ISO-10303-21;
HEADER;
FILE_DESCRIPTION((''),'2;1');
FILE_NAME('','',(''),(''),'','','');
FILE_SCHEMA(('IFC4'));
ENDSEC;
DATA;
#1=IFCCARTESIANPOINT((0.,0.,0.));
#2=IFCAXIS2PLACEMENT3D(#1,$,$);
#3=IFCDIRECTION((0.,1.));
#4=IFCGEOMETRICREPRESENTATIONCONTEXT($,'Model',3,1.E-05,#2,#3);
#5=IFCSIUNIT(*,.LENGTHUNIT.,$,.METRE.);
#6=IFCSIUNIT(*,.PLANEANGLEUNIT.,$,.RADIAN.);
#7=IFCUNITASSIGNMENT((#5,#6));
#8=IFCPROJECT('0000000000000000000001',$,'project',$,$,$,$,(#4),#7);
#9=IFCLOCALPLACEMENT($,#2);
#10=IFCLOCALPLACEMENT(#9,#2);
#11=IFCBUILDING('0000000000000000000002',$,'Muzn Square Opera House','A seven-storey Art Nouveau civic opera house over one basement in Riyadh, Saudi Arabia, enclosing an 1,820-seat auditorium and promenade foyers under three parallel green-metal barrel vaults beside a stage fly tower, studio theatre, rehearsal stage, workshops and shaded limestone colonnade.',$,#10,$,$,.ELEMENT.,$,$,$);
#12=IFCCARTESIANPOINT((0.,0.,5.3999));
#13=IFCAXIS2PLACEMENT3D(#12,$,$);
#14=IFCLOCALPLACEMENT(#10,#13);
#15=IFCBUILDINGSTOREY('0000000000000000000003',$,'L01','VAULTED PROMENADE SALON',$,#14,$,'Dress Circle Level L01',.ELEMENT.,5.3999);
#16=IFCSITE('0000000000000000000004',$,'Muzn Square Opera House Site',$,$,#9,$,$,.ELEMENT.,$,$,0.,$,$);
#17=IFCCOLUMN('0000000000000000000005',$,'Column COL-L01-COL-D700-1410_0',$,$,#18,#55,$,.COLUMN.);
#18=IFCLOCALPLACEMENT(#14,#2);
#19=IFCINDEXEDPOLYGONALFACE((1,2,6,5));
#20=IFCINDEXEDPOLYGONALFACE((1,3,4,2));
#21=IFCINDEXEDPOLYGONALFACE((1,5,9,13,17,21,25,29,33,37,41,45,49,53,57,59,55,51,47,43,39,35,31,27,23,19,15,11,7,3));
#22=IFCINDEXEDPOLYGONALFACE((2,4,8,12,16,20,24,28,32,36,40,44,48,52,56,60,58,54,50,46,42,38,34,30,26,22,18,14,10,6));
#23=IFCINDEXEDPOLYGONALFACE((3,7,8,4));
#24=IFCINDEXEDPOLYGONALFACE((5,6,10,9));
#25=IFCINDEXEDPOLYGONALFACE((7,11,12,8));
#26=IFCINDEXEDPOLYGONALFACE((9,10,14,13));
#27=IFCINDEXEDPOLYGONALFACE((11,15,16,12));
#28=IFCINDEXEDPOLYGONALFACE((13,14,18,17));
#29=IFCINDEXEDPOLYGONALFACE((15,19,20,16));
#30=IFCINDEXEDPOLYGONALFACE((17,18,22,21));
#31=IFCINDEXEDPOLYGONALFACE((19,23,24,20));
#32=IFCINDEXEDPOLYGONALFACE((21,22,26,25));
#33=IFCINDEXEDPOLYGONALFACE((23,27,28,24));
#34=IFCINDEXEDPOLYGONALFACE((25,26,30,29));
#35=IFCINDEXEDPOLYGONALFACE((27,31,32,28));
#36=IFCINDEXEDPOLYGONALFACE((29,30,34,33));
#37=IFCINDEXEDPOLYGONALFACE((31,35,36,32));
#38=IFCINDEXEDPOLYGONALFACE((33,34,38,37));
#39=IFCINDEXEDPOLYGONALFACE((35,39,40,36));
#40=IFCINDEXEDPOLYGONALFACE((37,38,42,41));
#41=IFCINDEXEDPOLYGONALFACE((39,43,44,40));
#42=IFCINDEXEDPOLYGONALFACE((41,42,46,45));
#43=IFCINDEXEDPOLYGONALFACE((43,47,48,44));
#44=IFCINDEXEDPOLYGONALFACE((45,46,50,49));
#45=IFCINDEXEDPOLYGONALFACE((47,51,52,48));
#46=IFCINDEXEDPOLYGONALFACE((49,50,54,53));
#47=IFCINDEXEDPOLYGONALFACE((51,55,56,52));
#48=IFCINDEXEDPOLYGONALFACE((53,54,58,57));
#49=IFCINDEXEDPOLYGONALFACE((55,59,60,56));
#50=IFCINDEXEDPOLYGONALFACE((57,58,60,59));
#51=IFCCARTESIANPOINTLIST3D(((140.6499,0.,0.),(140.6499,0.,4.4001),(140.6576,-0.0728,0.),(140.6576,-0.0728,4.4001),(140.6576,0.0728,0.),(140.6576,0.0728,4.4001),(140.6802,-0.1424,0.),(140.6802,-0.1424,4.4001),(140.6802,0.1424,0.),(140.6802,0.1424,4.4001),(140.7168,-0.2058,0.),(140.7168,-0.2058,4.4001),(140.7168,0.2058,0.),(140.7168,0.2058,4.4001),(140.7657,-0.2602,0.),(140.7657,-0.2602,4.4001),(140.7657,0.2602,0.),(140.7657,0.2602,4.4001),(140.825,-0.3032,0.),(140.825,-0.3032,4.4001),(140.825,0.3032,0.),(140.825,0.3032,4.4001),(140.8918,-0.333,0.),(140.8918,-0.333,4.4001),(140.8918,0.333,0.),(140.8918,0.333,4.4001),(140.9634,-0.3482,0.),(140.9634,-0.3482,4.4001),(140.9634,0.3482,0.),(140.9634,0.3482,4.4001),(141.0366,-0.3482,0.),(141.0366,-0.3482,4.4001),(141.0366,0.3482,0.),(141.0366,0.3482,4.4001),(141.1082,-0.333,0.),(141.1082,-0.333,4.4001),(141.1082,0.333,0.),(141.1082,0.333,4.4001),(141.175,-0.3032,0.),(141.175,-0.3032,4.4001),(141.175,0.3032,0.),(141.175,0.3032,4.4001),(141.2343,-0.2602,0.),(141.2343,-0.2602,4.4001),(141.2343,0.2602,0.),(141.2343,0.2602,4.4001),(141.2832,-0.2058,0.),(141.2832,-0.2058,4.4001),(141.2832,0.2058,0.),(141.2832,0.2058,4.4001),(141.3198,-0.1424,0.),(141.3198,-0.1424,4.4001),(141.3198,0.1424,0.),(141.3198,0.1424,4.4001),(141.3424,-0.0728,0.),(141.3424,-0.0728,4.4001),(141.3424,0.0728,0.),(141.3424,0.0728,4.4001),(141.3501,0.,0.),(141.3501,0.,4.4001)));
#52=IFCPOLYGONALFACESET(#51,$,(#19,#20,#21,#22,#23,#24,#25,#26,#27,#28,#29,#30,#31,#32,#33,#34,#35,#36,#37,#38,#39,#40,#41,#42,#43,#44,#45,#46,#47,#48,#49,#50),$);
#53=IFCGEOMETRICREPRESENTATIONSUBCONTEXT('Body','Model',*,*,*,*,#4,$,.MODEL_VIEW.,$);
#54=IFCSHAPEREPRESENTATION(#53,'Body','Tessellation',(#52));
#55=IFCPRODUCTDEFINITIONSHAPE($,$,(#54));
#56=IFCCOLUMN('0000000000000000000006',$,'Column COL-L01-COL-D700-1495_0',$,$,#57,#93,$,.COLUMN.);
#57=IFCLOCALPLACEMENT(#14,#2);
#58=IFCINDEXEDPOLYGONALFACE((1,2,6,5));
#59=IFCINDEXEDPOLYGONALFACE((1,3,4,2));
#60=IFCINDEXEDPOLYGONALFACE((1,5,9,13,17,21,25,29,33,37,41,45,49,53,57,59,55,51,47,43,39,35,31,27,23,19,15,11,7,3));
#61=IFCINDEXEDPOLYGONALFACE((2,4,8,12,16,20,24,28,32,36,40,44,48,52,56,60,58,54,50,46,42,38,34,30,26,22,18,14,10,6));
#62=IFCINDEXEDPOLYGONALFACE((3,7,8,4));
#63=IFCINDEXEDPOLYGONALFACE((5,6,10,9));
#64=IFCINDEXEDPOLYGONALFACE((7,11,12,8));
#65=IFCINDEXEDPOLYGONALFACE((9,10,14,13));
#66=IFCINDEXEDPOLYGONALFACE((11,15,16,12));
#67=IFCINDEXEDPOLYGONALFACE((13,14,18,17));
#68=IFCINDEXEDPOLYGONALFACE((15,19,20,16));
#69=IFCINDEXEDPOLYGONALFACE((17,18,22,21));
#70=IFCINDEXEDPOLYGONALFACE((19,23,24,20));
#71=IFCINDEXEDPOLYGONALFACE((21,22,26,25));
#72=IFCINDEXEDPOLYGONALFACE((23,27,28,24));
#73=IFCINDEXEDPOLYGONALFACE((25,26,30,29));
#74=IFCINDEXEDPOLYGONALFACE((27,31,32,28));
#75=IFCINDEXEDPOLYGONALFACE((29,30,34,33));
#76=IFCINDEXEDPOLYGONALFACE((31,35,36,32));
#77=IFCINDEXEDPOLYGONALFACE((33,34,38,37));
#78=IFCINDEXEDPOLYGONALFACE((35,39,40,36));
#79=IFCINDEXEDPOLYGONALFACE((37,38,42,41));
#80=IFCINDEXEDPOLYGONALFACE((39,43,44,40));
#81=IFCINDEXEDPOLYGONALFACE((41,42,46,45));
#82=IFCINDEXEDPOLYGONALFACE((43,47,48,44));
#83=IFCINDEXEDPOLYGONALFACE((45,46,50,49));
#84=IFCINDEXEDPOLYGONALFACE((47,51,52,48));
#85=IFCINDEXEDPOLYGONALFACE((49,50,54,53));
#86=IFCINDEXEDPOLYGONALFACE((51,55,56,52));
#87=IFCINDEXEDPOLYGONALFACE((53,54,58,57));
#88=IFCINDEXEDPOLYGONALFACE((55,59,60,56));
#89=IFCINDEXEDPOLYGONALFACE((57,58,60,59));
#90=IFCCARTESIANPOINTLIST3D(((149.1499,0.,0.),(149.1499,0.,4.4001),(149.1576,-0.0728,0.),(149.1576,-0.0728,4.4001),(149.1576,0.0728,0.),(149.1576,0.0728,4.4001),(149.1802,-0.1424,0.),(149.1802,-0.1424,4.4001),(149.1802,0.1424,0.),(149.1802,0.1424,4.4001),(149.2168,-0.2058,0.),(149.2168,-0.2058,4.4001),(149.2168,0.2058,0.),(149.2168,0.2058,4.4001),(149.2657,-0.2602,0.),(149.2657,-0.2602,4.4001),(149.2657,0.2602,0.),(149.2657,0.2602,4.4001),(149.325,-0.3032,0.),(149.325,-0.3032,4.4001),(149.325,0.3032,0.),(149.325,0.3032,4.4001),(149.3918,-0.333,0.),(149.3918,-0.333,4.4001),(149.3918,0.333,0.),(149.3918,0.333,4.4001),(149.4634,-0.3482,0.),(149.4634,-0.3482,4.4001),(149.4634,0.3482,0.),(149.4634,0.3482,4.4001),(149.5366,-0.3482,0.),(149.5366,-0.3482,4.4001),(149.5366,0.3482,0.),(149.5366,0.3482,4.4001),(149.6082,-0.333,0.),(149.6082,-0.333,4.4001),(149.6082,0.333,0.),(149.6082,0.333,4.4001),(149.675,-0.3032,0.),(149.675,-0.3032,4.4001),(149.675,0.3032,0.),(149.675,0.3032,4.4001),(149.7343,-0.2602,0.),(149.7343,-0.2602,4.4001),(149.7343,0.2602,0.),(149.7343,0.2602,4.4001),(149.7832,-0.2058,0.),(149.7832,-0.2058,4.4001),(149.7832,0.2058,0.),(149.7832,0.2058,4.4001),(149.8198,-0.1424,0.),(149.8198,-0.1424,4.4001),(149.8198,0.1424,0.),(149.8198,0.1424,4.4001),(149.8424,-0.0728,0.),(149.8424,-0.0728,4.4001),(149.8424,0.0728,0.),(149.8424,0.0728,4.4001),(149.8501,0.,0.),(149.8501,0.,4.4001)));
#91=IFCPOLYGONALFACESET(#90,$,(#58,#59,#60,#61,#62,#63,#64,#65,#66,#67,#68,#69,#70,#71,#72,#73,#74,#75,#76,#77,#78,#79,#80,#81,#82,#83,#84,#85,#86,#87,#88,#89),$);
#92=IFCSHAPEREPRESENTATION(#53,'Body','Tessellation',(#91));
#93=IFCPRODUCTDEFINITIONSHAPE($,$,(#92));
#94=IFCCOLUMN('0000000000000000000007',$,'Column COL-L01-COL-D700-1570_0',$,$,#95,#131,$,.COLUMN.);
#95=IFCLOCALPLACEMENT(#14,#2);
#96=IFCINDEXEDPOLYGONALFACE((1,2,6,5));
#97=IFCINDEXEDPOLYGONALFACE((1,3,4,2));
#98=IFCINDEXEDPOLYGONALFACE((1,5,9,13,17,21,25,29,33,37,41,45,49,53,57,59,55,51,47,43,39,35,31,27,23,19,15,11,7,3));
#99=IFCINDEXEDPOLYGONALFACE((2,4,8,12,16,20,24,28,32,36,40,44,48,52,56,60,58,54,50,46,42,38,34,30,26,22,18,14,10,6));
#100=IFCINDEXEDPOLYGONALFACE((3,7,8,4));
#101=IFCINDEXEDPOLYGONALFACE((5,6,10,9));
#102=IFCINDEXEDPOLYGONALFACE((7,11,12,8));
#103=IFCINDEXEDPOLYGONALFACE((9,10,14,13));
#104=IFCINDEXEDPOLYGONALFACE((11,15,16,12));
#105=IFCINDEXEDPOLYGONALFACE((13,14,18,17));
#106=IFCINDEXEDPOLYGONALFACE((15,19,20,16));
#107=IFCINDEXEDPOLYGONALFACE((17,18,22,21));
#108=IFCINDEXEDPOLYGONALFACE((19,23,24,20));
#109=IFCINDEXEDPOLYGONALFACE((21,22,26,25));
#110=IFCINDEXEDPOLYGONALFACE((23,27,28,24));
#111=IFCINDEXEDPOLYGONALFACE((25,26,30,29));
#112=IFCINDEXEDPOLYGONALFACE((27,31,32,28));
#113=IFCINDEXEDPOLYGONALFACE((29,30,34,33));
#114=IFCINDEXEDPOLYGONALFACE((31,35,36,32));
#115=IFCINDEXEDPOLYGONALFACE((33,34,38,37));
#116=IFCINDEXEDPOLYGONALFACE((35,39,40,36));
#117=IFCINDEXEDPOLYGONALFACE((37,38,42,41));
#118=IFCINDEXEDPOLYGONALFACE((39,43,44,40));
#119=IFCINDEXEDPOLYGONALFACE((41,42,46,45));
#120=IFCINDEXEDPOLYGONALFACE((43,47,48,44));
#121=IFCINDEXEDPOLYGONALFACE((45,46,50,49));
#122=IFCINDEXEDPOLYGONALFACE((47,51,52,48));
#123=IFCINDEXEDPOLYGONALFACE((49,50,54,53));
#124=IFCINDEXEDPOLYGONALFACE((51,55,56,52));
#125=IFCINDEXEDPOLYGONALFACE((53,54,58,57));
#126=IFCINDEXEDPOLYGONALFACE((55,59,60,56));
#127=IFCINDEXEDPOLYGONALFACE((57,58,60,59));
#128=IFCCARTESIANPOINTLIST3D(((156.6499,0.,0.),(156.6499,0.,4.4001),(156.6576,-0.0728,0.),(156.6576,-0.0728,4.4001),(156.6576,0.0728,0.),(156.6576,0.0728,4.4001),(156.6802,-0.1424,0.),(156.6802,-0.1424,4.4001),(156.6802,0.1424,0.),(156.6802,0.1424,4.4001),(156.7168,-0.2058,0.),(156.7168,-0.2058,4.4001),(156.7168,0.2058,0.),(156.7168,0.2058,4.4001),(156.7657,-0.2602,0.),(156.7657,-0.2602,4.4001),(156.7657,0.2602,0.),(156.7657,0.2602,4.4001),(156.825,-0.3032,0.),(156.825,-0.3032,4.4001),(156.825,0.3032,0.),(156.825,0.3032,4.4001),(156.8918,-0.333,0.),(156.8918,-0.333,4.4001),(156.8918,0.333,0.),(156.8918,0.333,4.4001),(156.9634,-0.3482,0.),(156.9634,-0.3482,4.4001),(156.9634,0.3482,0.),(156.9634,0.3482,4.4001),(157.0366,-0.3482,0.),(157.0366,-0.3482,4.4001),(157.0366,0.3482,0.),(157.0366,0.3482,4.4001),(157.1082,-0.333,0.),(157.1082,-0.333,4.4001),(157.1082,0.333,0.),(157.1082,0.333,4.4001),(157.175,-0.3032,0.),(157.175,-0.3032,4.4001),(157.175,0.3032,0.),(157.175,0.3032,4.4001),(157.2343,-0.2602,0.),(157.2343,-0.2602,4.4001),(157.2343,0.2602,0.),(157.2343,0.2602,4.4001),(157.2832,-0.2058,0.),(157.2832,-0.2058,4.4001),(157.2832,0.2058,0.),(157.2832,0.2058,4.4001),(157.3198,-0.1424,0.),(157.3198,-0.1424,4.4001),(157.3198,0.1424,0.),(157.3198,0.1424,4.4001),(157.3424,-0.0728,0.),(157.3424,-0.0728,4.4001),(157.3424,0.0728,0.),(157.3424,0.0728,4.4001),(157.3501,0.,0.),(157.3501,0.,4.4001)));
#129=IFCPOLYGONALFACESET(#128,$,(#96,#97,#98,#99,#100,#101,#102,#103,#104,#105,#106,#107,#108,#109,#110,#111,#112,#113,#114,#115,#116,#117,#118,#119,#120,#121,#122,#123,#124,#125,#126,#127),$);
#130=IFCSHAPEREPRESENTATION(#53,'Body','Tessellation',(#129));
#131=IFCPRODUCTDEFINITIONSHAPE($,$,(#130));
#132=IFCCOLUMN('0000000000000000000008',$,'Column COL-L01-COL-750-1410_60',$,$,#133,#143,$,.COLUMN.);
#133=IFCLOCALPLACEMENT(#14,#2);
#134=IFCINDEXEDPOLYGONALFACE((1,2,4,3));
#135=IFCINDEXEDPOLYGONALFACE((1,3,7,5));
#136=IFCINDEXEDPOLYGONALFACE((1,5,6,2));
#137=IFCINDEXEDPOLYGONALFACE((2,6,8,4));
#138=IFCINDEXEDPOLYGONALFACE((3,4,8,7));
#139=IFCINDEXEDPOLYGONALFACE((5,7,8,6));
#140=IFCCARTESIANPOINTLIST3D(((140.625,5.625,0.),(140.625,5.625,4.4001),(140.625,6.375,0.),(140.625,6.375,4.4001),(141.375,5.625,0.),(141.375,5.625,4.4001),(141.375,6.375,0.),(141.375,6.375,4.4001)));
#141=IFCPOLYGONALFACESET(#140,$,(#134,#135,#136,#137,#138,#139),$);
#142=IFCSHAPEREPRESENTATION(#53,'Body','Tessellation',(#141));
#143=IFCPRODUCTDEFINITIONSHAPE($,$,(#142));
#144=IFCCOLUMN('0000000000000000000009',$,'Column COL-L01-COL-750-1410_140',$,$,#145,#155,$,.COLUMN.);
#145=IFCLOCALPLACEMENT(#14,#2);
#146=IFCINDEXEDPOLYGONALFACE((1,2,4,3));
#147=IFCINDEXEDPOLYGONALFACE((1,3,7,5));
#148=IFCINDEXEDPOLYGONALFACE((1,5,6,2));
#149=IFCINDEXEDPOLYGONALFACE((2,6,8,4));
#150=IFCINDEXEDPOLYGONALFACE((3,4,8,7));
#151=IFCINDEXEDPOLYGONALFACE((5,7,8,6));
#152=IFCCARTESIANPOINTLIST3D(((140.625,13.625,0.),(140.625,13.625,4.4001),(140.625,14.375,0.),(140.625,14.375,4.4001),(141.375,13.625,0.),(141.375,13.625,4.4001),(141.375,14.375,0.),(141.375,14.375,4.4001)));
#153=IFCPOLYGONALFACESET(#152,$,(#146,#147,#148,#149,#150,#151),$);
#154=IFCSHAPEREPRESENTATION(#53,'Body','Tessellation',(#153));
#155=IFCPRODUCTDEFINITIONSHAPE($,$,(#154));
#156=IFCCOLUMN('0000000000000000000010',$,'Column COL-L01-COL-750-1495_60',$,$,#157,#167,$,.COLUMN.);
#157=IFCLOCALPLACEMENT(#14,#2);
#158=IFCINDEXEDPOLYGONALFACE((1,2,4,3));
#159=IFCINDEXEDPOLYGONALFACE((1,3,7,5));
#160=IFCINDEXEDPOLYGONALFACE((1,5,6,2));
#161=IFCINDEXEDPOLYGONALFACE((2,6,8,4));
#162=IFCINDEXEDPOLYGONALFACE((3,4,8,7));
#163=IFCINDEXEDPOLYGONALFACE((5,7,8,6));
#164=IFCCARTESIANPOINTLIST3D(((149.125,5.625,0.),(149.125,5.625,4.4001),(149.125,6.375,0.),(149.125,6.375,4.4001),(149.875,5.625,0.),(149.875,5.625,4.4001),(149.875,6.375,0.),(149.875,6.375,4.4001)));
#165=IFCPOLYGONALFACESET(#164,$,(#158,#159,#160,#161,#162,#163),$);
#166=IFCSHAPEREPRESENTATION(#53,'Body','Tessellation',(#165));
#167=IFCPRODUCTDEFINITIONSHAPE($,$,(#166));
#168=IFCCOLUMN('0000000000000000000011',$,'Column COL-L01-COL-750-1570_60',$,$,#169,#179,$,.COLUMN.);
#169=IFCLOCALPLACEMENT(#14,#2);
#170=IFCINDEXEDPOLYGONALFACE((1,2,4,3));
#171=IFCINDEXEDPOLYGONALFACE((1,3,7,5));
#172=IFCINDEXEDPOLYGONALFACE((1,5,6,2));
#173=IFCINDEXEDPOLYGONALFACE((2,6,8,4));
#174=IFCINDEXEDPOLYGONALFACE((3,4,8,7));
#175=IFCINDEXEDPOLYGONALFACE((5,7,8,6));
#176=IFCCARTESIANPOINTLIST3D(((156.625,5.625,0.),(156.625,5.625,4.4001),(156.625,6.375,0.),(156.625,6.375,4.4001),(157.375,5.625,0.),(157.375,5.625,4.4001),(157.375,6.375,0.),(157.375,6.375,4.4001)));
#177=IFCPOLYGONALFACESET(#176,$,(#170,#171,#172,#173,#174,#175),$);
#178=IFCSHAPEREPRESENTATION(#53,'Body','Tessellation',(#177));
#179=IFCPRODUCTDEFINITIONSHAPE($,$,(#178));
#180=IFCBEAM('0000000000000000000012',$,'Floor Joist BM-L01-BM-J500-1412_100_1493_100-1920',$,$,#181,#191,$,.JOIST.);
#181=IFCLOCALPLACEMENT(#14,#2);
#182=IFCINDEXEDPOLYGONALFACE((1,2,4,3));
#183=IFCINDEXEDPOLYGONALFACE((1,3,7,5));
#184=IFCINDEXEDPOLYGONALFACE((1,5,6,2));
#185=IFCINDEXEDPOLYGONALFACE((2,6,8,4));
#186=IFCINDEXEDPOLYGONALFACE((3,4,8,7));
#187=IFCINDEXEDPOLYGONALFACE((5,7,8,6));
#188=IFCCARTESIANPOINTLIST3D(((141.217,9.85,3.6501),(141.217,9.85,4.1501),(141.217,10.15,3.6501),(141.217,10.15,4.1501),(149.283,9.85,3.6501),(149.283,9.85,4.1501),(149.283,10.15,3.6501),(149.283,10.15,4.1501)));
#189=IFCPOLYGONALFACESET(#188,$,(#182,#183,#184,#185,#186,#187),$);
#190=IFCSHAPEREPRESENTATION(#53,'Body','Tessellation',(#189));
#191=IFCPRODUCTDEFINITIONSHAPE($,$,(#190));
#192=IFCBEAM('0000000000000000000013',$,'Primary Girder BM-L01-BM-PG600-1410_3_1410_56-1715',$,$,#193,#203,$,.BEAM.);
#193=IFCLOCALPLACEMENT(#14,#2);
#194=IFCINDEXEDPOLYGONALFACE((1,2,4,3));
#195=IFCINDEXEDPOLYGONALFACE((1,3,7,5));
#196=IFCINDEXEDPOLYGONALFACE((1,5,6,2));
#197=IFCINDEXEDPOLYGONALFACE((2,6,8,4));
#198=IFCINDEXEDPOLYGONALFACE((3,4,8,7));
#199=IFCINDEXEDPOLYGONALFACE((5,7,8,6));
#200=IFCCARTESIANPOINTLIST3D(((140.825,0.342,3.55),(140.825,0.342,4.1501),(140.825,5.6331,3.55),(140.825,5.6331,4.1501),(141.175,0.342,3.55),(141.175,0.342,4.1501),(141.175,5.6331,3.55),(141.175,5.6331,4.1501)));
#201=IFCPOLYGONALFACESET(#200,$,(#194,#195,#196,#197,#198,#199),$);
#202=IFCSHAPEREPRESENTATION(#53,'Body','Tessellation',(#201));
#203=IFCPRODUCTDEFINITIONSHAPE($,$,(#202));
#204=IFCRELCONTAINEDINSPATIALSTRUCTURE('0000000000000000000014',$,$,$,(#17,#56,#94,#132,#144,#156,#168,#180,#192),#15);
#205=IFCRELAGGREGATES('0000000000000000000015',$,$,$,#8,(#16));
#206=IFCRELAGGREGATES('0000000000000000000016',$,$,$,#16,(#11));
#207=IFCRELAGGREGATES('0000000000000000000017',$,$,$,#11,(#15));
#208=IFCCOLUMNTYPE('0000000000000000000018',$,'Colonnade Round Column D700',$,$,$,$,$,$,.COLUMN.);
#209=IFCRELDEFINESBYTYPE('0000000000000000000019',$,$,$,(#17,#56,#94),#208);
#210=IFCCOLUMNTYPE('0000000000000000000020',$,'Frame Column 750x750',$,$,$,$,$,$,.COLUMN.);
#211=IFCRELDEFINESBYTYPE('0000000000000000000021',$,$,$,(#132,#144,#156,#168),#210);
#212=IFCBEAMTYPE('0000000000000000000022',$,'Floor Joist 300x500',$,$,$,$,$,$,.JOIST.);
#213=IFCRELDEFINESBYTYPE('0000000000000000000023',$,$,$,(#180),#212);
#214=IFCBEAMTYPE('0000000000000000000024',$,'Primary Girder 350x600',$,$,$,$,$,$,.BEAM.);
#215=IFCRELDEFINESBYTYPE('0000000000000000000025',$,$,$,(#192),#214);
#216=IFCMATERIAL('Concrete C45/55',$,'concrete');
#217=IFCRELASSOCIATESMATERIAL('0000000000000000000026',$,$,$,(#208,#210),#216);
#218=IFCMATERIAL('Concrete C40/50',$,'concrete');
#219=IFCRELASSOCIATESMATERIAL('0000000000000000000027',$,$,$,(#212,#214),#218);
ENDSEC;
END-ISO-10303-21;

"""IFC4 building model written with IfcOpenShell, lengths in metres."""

from ifc_helpers import new_model, si_unit, direction, frame, origin, origin_2d, place, context, subcontext, project, spatial, rectangle, circle, extrude, material, material_profile, profile_set, type_object, element, save


model = new_model("IFC4")

# Units and contexts
model_context = context("Model", 3, precision=1e-05, world=origin(), true_north=direction((0.0, 1.0)))
body_context = subcontext(model_context, "Body", "Model", "MODEL_VIEW")
ifc_project = project(units=[si_unit("LENGTHUNIT", "METRE"), si_unit("PLANEANGLEUNIT", "RADIAN")], contexts=[model_context])

# Site, building, storey
site_placement = place(None, origin())
site = spatial("IfcSite", under=ifc_project, at=site_placement, Name="Muzn Square Opera House Site", CompositionType="ELEMENT", RefElevation=0.0)
building_placement = place(site_placement, origin())
building = spatial("IfcBuilding", under=site, at=building_placement, Name="Muzn Square Opera House", Description="A seven-storey Art Nouveau civic opera house over one basement in Riyadh, Saudi Arabia, enclosing an 1,820-seat auditorium and promenade foyers under three parallel green-metal barrel vaults beside a stage fly tower, studio theatre, rehearsal stage, workshops and shaded limestone colonnade.", CompositionType="ELEMENT")
storey_placement = place(building_placement, frame((0.0, 0.0, 5.3999)))
storey = spatial("IfcBuildingStorey", under=building, at=storey_placement, Name="L01", Description="VAULTED PROMENADE SALON", LongName="Dress Circle Level L01", CompositionType="ELEMENT", Elevation=5.3999)

# Columns
ifc_material_1 = material(Name="Concrete C45/55", Category="concrete")
ifc_material_profile_1 = material_profile(ifc_material_1, circle(Radius=0.3501, at=origin_2d()), Name="RCC D700", Category="concrete")
ifc_profile_set_1 = profile_set([ifc_material_profile_1], Name="Concrete C45/55")
column_type_1 = type_object("IfcColumnType", Name="Colonnade Round Column D700", PredefinedType="COLUMN", material=ifc_profile_set_1)
for number, where, z_axis, x_axis, name in (
    (1, (141.0, 0.0, 0.0), (0.0, 0.0, 1.0), (1.0, 0.0, 0.0), "Column COL-L01-COL-D700-1410_0"),
    (2, (149.5, 0.0, 0.0), (0.0, 0.0, 1.0), (1.0, 0.0, 0.0), "Column COL-L01-COL-D700-1495_0"),
    (3, (157.0, 0.0, 0.0), (0.0, 0.0, 1.0), (1.0, 0.0, 0.0), "Column COL-L01-COL-D700-1570_0"),
):
    element("IfcColumn", number, at=place(storey_placement, frame(where, z_axis=z_axis, x_axis=x_axis)), inside=storey, type_object=column_type_1, Name=name, PredefinedType="COLUMN", context=body_context, shape_type="SweptSolid", body=[
        extrude(circle(Radius=0.3501, at=origin_2d()), origin(), (0.0, 0.0, 1.0), 4.4001),
    ])
ifc_material_profile_2 = material_profile(ifc_material_1, rectangle(XDim=0.75, YDim=0.75, at=origin_2d()), Name="RC 750x750", Category="concrete")
ifc_profile_set_2 = profile_set([ifc_material_profile_2], Name="Concrete C45/55")
column_type_2 = type_object("IfcColumnType", Name="Frame Column 750x750", PredefinedType="COLUMN", material=ifc_profile_set_2)
for number, where, z_axis, x_axis, name in (
    (4, (141.0, 6.0, 0.0), (0.0, 0.0, 1.0), (1.0, 0.0, 0.0), "Column COL-L01-COL-750-1410_60"),
    (5, (141.0, 14.0, 0.0), (0.0, 0.0, 1.0), (1.0, 0.0, 0.0), "Column COL-L01-COL-750-1410_140"),
    (6, (149.5, 6.0, 0.0), (0.0, 0.0, 1.0), (1.0, 0.0, 0.0), "Column COL-L01-COL-750-1495_60"),
    (7, (157.0, 6.0, 0.0), (0.0, 0.0, 1.0), (1.0, 0.0, 0.0), "Column COL-L01-COL-750-1570_60"),
):
    element("IfcColumn", number, at=place(storey_placement, frame(where, z_axis=z_axis, x_axis=x_axis)), inside=storey, type_object=column_type_2, Name=name, PredefinedType="COLUMN", context=body_context, shape_type="SweptSolid", body=[
        extrude(rectangle(XDim=0.75, YDim=0.75, at=origin_2d()), origin(), (0.0, 0.0, 1.0), 4.4001),
    ])

# Beams
ifc_material_2 = material(Name="Concrete C40/50", Category="concrete")
ifc_material_profile_3 = material_profile(ifc_material_2, rectangle(XDim=0.3, YDim=0.5, at=origin_2d()), Name="RCJ 300x500", Category="concrete")
ifc_profile_set_3 = profile_set([ifc_material_profile_3], Name="Concrete C40/50")
beam_type_1 = type_object("IfcBeamType", Name="Floor Joist 300x500", PredefinedType="JOIST", material=ifc_profile_set_3)
beam_1_placement = place(storey_placement, frame((141.217, 10.0, 3.9001), z_axis=(1.0, 0.0, 0.0), x_axis=(0.0, 1.0, 0.0)))
element("IfcBeam", 8, at=beam_1_placement, inside=storey, type_object=beam_type_1, Name="Floor Joist BM-L01-BM-J500-1412_100_1493_100-1920", PredefinedType="JOIST", context=body_context, shape_type="SweptSolid", body=[
    extrude(rectangle(XDim=0.3, YDim=0.5, at=origin_2d()), origin(), (0.0, 0.0, 1.0), 8.0659),
])
ifc_material_profile_4 = material_profile(ifc_material_2, rectangle(XDim=0.3501, YDim=0.6001, at=origin_2d()), Name="RCB 350x600", Category="concrete")
ifc_profile_set_4 = profile_set([ifc_material_profile_4], Name="Concrete C40/50")
beam_type_2 = type_object("IfcBeamType", Name="Primary Girder 350x600", PredefinedType="BEAM", material=ifc_profile_set_4)
for number, where, z_axis, x_axis, name in (
    (9, (141.0, 0.342, 3.8501), (0.0, 1.0, 0.0), (-1.0, 0.0, 0.0), "Primary Girder BM-L01-BM-PG600-1410_3_1410_56-1715"),
):
    element("IfcBeam", number, at=place(storey_placement, frame(where, z_axis=z_axis, x_axis=x_axis)), inside=storey, type_object=beam_type_2, Name=name, PredefinedType="BEAM", context=body_context, shape_type="SweptSolid", body=[
        extrude(rectangle(XDim=0.3501, YDim=0.6001, at=origin_2d()), origin(), (0.0, 0.0, 1.0), 5.291),
    ])

save(model, "model.ifc")
